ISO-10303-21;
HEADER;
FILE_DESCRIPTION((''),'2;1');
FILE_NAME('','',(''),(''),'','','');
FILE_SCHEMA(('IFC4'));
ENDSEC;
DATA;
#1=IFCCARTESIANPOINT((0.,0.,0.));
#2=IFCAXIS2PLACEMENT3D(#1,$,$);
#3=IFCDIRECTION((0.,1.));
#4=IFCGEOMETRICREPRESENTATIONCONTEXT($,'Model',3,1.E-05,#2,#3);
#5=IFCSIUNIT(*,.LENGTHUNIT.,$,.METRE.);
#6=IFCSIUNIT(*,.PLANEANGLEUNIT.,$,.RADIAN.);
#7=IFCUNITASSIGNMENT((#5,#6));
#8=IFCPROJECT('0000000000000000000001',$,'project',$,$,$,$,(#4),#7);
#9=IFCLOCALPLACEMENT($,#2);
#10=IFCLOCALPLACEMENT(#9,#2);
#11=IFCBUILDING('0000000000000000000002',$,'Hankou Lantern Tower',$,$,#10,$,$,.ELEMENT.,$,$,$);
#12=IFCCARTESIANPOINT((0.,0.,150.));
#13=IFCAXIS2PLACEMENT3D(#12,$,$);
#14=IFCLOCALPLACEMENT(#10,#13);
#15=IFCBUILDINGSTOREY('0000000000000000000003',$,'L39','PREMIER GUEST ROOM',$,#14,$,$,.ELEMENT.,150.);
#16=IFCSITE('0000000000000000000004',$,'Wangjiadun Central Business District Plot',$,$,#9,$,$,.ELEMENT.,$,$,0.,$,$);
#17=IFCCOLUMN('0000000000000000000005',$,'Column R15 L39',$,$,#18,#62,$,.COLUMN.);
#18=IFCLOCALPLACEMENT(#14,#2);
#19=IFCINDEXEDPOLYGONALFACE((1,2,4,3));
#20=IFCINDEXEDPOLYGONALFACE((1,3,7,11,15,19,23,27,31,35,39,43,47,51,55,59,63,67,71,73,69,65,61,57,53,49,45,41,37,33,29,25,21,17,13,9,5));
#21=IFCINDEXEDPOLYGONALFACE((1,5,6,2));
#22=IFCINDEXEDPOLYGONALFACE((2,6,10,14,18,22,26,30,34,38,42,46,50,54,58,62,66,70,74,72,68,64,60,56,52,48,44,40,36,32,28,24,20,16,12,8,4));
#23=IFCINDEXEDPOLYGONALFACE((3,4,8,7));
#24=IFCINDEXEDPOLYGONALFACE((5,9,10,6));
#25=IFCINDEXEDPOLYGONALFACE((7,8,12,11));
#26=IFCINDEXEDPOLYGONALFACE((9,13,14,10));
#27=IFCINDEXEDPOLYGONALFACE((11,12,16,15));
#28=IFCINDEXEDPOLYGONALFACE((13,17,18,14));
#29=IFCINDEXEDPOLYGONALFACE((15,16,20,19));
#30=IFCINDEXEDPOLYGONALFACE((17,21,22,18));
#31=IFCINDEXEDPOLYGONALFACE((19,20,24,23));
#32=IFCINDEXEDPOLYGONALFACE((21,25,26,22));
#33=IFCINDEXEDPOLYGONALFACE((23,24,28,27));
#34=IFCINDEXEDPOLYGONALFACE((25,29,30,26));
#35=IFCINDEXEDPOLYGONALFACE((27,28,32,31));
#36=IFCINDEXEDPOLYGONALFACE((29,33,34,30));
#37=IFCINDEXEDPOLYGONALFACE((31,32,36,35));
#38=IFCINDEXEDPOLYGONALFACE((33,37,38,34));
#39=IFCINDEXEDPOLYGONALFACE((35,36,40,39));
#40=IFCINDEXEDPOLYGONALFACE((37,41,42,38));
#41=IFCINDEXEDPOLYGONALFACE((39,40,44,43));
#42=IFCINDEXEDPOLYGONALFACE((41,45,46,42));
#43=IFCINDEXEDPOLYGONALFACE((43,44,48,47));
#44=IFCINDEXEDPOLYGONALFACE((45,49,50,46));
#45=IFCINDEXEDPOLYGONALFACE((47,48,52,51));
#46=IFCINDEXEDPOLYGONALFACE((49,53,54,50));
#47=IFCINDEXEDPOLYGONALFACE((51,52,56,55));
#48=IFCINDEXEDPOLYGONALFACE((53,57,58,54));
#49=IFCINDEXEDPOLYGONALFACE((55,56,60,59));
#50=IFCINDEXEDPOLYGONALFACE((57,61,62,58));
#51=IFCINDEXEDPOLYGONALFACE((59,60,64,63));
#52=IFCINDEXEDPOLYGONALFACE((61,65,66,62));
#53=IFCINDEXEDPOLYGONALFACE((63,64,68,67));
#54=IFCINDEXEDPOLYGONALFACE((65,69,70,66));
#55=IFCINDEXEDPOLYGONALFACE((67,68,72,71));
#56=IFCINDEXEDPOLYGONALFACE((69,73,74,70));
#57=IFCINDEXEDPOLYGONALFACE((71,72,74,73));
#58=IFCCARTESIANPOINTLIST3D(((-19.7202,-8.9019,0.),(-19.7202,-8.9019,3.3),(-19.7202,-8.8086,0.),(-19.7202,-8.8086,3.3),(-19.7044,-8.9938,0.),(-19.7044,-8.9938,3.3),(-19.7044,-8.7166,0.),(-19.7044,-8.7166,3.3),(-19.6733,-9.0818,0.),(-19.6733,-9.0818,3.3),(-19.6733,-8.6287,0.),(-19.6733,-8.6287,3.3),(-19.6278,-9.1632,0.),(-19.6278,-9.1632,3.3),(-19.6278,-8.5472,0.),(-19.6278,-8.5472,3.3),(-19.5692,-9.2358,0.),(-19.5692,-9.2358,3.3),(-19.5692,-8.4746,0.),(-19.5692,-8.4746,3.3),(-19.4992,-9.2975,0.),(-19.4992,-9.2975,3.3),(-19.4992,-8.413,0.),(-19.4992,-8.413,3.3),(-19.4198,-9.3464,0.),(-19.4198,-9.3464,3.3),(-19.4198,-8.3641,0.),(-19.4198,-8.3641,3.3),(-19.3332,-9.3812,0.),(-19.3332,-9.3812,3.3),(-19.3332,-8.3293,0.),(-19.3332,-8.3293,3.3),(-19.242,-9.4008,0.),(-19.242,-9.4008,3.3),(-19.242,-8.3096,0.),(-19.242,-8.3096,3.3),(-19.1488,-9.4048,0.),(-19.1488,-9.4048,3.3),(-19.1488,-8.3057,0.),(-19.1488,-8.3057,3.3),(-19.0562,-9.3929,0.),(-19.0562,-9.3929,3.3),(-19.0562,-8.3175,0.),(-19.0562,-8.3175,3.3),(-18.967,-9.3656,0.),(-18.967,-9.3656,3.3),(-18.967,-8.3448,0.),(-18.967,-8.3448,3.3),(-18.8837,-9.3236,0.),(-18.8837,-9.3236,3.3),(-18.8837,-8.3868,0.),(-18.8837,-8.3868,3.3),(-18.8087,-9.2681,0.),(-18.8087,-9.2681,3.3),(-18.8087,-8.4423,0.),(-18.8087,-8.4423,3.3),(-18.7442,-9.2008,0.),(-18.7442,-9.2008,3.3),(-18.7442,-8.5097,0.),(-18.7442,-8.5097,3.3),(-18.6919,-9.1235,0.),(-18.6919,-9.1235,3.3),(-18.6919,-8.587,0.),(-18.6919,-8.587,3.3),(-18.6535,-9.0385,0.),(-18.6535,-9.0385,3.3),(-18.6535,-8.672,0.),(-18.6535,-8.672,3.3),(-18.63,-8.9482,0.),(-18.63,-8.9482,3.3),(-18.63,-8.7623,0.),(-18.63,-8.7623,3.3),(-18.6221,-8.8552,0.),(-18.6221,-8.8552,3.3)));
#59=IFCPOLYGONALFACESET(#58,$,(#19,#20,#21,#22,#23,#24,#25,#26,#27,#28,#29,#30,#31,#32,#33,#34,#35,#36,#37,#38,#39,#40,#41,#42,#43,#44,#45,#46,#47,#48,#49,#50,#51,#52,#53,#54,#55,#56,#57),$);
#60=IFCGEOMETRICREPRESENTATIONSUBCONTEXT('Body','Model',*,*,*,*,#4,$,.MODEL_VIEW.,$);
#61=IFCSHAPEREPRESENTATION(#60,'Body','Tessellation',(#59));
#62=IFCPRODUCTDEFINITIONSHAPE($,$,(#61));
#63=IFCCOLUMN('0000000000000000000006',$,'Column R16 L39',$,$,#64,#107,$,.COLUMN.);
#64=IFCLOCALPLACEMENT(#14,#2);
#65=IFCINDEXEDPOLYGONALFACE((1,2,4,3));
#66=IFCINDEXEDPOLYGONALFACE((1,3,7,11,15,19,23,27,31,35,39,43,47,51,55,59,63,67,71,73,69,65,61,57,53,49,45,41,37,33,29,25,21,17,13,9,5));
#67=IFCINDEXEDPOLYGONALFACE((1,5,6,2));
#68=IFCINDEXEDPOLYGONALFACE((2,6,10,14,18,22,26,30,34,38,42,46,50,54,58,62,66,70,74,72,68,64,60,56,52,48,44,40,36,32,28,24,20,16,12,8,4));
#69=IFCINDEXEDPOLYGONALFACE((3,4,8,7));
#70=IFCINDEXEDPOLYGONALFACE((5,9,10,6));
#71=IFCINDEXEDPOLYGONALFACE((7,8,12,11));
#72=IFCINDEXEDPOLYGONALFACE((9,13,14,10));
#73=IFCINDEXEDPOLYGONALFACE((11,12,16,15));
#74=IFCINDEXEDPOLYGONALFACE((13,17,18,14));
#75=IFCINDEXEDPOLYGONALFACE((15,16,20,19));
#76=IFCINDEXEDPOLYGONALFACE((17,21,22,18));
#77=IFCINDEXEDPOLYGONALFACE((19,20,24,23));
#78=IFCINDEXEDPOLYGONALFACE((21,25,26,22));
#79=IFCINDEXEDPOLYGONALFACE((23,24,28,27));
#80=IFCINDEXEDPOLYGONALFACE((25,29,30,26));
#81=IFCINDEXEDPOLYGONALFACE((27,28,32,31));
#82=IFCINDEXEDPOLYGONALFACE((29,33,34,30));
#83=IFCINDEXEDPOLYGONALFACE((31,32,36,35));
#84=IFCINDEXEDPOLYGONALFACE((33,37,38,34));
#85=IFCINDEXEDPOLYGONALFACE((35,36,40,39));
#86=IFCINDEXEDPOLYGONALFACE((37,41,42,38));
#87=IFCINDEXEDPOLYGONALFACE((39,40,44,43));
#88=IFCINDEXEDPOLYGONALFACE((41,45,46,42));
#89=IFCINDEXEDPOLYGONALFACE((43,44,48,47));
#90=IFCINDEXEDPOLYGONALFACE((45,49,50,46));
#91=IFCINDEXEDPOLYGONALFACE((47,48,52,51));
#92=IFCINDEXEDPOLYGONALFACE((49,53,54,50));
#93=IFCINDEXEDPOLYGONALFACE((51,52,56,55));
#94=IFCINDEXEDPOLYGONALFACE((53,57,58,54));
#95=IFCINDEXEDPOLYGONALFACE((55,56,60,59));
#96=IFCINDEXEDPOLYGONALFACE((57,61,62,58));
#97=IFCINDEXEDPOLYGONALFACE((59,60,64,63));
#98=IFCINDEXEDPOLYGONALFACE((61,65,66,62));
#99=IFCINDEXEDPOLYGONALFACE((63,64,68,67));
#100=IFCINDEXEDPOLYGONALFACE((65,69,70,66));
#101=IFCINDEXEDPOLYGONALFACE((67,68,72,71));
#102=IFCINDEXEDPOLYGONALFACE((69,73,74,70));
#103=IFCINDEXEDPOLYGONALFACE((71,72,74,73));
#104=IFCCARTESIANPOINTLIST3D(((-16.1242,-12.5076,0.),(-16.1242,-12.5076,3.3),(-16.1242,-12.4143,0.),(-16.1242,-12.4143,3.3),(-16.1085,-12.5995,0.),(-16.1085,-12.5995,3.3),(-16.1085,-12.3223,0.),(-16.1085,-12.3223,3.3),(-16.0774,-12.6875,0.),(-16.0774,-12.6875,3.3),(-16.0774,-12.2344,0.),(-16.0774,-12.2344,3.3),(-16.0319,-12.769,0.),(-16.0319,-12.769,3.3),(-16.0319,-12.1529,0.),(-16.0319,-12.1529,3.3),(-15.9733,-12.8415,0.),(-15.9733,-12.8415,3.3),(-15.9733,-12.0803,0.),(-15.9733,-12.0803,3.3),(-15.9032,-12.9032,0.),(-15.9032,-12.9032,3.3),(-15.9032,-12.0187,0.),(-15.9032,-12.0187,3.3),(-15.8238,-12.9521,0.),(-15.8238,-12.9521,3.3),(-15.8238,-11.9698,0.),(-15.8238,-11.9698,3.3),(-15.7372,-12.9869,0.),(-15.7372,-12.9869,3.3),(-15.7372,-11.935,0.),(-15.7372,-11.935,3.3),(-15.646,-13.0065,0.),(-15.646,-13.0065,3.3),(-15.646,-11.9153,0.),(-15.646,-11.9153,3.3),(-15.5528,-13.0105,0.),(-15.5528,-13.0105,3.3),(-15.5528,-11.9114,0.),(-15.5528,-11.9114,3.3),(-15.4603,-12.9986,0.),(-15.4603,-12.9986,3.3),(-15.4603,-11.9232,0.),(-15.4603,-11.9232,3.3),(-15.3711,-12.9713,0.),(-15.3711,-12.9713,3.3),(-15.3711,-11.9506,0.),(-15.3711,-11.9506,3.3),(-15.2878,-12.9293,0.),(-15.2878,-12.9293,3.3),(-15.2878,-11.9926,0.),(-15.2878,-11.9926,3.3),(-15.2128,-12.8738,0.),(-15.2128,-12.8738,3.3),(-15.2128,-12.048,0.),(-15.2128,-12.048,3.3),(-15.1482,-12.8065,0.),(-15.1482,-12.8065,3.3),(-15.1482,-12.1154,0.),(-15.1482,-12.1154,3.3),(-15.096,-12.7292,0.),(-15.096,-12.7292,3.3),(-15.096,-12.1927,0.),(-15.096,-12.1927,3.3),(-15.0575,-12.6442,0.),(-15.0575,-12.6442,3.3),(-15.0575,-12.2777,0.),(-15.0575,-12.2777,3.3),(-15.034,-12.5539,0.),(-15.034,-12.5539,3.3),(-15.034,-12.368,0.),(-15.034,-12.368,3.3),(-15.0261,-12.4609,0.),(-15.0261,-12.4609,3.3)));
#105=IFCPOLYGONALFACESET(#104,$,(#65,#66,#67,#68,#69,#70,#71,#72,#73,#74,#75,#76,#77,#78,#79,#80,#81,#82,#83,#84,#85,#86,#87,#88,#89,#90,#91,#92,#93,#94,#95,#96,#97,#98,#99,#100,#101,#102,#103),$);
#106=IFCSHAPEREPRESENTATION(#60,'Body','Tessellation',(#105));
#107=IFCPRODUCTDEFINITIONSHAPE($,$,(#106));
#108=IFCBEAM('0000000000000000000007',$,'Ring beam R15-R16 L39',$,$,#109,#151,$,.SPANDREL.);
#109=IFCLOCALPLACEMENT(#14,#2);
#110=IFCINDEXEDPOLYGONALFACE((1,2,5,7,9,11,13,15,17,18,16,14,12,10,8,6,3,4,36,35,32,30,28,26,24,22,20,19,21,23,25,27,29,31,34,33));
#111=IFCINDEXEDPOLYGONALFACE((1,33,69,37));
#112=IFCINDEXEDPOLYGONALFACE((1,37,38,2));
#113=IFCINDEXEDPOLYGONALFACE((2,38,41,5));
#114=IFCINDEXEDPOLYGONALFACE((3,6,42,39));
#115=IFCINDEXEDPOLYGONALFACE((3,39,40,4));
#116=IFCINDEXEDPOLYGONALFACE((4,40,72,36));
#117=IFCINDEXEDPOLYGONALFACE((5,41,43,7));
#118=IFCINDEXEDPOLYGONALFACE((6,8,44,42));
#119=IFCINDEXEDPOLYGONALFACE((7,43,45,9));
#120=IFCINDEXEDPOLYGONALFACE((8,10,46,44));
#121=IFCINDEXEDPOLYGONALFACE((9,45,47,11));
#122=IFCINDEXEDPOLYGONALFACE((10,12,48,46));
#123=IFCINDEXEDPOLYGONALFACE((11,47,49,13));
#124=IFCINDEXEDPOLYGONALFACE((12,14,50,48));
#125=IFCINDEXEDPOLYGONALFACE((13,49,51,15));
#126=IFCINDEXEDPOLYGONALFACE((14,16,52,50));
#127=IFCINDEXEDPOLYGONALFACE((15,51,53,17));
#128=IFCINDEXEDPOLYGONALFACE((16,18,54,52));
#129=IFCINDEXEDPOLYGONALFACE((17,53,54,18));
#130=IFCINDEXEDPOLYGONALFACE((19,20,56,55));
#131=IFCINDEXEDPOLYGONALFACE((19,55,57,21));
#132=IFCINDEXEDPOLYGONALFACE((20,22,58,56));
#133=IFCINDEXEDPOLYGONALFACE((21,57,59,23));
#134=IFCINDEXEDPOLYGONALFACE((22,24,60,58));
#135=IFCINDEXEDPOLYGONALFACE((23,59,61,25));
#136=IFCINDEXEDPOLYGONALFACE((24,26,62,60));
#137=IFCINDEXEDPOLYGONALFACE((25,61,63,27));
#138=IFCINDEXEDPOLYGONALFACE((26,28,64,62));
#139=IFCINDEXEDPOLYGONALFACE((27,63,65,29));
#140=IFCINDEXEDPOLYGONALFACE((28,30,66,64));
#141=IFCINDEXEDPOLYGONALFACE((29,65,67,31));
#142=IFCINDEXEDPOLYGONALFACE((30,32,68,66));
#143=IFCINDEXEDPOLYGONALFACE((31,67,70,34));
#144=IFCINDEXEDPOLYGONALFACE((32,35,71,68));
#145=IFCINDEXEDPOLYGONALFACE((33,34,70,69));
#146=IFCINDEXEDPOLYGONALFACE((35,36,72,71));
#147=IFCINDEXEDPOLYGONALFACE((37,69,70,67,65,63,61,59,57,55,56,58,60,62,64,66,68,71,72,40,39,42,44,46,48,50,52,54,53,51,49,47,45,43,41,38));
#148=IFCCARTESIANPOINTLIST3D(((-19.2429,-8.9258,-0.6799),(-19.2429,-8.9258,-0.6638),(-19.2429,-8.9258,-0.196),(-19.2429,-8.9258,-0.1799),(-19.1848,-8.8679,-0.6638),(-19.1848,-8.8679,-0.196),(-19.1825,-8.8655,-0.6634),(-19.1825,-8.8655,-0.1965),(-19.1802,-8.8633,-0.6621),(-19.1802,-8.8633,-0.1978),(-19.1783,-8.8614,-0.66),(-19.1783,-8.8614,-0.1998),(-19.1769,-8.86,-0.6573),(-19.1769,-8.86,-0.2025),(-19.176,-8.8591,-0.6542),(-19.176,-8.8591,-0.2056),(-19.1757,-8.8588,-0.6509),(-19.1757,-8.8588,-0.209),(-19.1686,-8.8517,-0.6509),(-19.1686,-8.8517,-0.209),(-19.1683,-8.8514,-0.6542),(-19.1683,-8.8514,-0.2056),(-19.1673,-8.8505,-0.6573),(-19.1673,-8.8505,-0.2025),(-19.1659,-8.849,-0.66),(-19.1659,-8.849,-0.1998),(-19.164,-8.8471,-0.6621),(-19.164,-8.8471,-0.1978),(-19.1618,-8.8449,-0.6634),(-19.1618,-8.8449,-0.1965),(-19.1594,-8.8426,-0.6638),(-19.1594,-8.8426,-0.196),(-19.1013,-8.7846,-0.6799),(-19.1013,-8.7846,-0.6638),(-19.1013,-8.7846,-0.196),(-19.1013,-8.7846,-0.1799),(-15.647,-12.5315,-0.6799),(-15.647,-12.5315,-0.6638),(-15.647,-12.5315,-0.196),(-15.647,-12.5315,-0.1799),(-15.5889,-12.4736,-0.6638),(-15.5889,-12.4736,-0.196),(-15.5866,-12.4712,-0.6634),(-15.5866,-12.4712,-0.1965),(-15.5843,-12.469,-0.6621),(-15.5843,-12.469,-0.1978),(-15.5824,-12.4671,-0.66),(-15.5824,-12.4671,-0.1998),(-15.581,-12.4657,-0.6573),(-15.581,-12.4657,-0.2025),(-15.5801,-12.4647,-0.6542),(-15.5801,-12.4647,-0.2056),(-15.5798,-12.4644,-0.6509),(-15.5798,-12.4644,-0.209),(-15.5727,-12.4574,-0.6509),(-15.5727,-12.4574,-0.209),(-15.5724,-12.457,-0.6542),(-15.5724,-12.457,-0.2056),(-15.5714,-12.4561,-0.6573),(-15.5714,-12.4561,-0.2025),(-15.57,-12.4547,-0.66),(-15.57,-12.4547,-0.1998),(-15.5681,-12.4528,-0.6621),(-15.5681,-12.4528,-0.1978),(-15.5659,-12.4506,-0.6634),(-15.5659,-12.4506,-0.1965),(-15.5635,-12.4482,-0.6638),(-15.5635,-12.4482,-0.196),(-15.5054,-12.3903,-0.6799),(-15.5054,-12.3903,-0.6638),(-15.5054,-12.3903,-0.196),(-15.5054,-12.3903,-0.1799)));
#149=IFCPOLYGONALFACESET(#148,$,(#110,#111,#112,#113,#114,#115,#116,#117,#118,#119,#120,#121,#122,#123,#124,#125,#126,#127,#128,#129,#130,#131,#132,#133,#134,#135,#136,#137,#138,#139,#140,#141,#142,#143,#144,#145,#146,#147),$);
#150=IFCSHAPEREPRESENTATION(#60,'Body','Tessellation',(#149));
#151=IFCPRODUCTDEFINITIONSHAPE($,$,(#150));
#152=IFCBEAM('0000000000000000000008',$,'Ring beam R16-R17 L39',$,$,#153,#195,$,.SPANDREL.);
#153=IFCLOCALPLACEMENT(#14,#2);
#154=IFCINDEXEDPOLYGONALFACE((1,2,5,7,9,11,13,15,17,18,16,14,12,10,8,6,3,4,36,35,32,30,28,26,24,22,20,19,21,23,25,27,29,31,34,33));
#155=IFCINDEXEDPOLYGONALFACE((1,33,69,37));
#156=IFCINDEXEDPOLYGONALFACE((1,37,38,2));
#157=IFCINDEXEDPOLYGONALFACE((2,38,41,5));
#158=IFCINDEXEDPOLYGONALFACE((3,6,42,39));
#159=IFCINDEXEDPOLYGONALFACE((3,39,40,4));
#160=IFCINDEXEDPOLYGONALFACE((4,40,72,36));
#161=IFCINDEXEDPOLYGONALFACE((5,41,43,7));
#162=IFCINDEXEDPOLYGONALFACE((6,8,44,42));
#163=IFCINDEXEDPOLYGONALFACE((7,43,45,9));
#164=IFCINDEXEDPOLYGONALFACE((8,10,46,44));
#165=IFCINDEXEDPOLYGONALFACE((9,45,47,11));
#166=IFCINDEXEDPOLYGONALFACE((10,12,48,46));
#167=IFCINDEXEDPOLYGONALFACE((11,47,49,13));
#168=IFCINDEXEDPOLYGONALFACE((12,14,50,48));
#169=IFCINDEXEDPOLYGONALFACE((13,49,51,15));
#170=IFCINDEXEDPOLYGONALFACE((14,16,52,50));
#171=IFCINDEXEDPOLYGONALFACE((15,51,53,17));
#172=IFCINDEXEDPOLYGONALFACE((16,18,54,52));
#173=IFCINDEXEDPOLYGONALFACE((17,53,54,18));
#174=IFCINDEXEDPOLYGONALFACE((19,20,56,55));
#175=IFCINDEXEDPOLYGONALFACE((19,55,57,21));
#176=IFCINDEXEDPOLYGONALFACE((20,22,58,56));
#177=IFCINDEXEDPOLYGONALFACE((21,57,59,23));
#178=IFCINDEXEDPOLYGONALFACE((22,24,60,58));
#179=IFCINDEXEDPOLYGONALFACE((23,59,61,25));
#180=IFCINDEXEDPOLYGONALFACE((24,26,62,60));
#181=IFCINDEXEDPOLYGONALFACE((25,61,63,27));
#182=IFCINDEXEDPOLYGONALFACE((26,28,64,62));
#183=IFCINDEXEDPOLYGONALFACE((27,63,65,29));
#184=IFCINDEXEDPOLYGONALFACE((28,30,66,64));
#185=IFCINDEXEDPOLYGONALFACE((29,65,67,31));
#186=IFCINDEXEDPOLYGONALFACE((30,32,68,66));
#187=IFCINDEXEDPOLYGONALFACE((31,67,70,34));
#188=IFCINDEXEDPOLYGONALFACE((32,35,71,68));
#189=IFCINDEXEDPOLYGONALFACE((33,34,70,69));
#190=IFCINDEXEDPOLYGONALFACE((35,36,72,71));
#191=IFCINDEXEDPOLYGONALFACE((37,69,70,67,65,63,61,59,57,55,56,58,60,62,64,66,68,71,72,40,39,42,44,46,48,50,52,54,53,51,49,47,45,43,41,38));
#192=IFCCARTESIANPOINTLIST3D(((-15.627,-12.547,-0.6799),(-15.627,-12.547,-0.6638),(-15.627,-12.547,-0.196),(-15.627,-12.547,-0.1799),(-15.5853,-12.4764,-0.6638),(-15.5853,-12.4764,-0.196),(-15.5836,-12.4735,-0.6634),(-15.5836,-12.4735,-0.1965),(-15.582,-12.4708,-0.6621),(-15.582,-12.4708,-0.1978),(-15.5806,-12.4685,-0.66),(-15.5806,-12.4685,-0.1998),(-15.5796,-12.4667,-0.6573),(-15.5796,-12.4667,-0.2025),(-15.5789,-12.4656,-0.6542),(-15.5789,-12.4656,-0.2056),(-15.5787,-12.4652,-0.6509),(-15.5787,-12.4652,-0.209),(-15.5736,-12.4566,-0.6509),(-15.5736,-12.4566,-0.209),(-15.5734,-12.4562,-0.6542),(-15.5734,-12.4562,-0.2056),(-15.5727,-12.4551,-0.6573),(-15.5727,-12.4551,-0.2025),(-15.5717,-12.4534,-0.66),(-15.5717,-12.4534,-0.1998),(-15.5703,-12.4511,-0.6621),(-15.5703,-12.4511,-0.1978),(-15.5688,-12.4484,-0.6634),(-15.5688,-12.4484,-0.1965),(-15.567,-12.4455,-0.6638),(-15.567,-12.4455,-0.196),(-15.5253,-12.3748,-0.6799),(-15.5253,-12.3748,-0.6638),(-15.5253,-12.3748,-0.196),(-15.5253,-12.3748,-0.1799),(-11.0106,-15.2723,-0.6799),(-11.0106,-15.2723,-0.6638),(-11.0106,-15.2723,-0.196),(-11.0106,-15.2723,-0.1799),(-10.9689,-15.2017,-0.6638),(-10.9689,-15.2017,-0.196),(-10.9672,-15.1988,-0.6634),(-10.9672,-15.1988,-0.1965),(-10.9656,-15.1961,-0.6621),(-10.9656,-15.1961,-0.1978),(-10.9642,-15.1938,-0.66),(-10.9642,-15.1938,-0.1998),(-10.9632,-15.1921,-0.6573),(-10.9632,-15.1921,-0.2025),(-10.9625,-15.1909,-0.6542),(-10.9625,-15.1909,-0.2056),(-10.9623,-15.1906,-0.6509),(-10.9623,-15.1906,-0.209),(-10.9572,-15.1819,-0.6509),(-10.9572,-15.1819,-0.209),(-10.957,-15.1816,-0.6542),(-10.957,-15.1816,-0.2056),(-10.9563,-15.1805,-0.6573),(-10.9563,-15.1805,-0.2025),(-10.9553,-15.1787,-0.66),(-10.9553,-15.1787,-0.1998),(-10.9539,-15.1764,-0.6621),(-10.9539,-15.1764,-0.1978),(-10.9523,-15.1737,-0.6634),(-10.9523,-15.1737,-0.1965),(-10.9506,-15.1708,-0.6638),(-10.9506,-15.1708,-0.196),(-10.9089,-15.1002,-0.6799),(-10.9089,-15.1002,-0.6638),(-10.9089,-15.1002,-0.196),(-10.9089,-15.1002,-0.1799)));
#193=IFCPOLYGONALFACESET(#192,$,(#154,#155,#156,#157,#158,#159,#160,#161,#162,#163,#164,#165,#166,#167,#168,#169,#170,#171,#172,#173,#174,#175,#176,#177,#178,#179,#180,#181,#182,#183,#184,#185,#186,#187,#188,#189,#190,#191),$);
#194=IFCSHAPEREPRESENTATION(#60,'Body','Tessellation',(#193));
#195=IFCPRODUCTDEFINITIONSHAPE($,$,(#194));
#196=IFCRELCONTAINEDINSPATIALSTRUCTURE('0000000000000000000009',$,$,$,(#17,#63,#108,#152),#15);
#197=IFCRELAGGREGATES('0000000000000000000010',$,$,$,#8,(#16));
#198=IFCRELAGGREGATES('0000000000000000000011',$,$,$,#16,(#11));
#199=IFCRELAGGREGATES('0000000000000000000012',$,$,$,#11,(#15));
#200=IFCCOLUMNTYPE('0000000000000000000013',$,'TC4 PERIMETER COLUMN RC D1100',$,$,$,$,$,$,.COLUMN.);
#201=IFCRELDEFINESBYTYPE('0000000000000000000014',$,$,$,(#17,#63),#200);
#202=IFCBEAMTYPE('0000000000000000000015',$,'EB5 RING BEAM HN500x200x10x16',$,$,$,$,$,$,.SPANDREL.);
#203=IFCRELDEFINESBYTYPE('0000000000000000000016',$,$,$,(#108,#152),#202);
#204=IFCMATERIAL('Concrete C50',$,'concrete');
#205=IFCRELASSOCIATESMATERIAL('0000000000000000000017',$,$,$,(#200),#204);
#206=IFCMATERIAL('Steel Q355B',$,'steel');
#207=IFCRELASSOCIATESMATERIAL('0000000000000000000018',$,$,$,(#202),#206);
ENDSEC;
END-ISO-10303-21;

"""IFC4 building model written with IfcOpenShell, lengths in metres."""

from ifc_helpers import new_model, si_unit, direction, frame, origin, origin_2d, place, context, subcontext, project, spatial, circle, i_section, extrude, material, material_profile, profile_set, type_object, element, save


model = new_model("IFC4")

# Units and contexts
model_context = context("Model", 3, precision=1e-05, world=origin(), true_north=direction((0.0, 1.0)))
body_context = subcontext(model_context, "Body", "Model", "MODEL_VIEW")
ifc_project = project(units=[si_unit("LENGTHUNIT", "METRE"), si_unit("PLANEANGLEUNIT", "RADIAN")], contexts=[model_context])

# Site, building, storey
site_placement = place(None, origin())
site = spatial("IfcSite", under=ifc_project, at=site_placement, Name="Wangjiadun Central Business District Plot", CompositionType="ELEMENT", RefElevation=0.0)
building_placement = place(site_placement, origin())
building = spatial("IfcBuilding", under=site, at=building_placement, Name="Hankou Lantern Tower", CompositionType="ELEMENT")
storey_placement = place(building_placement, frame((0.0, 0.0, 150.0)))
storey = spatial("IfcBuildingStorey", under=building, at=storey_placement, Name="L39", Description="PREMIER GUEST ROOM", CompositionType="ELEMENT", Elevation=150.0)

# Columns
ifc_material_1 = material(Name="Concrete C50", Category="concrete")
ifc_material_profile_1 = material_profile(ifc_material_1, circle(Radius=0.55, at=origin_2d()), Name="RC D1100")
ifc_profile_set_1 = profile_set([ifc_material_profile_1], Name="Concrete C50")
column_type = type_object("IfcColumnType", Name="TC4 PERIMETER COLUMN RC D1100", PredefinedType="COLUMN", material=ifc_profile_set_1)
for number, where, z_axis, x_axis, name in (
    (1, (-19.1721, -8.8552, 0.0), (0.0, 0.0, 1.0), (1.0, 0.0, 0.0), "Column R15 L39"),
    (2, (-15.5762, -12.4609, 0.0), (0.0, 0.0, 1.0), (1.0, 0.0, 0.0), "Column R16 L39"),
):
    element("IfcColumn", number, at=place(storey_placement, frame(where, z_axis=z_axis, x_axis=x_axis)), inside=storey, type_object=column_type, Name=name, PredefinedType="COLUMN", context=body_context, shape_type="SweptSolid", body=[
        extrude(circle(Radius=0.55, at=origin_2d()), origin(), (0.0, 0.0, 1.0), 3.3),
    ])

# Beams
ifc_material_2 = material(Name="Steel Q355B", Category="steel")
ifc_material_profile_2 = material_profile(ifc_material_2, i_section(OverallWidth=0.2, OverallDepth=0.5, WebThickness=0.01, FlangeThickness=0.0161, FilletRadius=0.0129, at=origin_2d()), Name="HN500x200x10x16")
ifc_profile_set_2 = profile_set([ifc_material_profile_2], Name="Steel Q355B")
beam_type_1 = type_object("IfcBeamType", Name="EB5 RING BEAM HN500x200x10x16", PredefinedType="SPANDREL", material=ifc_profile_set_2)
beam_1_placement = place(storey_placement, frame((-19.1721, -8.8552, -0.4299), z_axis=(0.706147, -0.708065, 0.0), x_axis=(0.708065, 0.706147, 0.0)))
element("IfcBeam", 3, at=beam_1_placement, inside=storey, type_object=beam_type_1, Name="Ring beam R15-R16 L39", PredefinedType="SPANDREL", context=body_context, shape_type="SweptSolid", body=[
    extrude(i_section(OverallWidth=0.2, OverallDepth=0.5, WebThickness=0.01, FlangeThickness=0.0161, FilletRadius=0.0129, at=origin_2d()), origin(), (0.0, 0.0, 1.0), 5.0923),
])
beam_2_placement = place(storey_placement, frame((-15.5762, -12.4609, -0.4299), z_axis=(0.861136, -0.508375, 0.0), x_axis=(0.508375, 0.861136, 0.0)))
element("IfcBeam", 4, at=beam_2_placement, inside=storey, type_object=beam_type_1, Name="Ring beam R16-R17 L39", PredefinedType="SPANDREL", context=body_context, shape_type="SweptSolid", body=[
    extrude(i_section(OverallWidth=0.2, OverallDepth=0.5, WebThickness=0.01, FlangeThickness=0.0161, FilletRadius=0.0129, at=origin_2d()), origin(), (0.0, 0.0, 1.0), 5.3608),
])

save(model, "model.ifc")
